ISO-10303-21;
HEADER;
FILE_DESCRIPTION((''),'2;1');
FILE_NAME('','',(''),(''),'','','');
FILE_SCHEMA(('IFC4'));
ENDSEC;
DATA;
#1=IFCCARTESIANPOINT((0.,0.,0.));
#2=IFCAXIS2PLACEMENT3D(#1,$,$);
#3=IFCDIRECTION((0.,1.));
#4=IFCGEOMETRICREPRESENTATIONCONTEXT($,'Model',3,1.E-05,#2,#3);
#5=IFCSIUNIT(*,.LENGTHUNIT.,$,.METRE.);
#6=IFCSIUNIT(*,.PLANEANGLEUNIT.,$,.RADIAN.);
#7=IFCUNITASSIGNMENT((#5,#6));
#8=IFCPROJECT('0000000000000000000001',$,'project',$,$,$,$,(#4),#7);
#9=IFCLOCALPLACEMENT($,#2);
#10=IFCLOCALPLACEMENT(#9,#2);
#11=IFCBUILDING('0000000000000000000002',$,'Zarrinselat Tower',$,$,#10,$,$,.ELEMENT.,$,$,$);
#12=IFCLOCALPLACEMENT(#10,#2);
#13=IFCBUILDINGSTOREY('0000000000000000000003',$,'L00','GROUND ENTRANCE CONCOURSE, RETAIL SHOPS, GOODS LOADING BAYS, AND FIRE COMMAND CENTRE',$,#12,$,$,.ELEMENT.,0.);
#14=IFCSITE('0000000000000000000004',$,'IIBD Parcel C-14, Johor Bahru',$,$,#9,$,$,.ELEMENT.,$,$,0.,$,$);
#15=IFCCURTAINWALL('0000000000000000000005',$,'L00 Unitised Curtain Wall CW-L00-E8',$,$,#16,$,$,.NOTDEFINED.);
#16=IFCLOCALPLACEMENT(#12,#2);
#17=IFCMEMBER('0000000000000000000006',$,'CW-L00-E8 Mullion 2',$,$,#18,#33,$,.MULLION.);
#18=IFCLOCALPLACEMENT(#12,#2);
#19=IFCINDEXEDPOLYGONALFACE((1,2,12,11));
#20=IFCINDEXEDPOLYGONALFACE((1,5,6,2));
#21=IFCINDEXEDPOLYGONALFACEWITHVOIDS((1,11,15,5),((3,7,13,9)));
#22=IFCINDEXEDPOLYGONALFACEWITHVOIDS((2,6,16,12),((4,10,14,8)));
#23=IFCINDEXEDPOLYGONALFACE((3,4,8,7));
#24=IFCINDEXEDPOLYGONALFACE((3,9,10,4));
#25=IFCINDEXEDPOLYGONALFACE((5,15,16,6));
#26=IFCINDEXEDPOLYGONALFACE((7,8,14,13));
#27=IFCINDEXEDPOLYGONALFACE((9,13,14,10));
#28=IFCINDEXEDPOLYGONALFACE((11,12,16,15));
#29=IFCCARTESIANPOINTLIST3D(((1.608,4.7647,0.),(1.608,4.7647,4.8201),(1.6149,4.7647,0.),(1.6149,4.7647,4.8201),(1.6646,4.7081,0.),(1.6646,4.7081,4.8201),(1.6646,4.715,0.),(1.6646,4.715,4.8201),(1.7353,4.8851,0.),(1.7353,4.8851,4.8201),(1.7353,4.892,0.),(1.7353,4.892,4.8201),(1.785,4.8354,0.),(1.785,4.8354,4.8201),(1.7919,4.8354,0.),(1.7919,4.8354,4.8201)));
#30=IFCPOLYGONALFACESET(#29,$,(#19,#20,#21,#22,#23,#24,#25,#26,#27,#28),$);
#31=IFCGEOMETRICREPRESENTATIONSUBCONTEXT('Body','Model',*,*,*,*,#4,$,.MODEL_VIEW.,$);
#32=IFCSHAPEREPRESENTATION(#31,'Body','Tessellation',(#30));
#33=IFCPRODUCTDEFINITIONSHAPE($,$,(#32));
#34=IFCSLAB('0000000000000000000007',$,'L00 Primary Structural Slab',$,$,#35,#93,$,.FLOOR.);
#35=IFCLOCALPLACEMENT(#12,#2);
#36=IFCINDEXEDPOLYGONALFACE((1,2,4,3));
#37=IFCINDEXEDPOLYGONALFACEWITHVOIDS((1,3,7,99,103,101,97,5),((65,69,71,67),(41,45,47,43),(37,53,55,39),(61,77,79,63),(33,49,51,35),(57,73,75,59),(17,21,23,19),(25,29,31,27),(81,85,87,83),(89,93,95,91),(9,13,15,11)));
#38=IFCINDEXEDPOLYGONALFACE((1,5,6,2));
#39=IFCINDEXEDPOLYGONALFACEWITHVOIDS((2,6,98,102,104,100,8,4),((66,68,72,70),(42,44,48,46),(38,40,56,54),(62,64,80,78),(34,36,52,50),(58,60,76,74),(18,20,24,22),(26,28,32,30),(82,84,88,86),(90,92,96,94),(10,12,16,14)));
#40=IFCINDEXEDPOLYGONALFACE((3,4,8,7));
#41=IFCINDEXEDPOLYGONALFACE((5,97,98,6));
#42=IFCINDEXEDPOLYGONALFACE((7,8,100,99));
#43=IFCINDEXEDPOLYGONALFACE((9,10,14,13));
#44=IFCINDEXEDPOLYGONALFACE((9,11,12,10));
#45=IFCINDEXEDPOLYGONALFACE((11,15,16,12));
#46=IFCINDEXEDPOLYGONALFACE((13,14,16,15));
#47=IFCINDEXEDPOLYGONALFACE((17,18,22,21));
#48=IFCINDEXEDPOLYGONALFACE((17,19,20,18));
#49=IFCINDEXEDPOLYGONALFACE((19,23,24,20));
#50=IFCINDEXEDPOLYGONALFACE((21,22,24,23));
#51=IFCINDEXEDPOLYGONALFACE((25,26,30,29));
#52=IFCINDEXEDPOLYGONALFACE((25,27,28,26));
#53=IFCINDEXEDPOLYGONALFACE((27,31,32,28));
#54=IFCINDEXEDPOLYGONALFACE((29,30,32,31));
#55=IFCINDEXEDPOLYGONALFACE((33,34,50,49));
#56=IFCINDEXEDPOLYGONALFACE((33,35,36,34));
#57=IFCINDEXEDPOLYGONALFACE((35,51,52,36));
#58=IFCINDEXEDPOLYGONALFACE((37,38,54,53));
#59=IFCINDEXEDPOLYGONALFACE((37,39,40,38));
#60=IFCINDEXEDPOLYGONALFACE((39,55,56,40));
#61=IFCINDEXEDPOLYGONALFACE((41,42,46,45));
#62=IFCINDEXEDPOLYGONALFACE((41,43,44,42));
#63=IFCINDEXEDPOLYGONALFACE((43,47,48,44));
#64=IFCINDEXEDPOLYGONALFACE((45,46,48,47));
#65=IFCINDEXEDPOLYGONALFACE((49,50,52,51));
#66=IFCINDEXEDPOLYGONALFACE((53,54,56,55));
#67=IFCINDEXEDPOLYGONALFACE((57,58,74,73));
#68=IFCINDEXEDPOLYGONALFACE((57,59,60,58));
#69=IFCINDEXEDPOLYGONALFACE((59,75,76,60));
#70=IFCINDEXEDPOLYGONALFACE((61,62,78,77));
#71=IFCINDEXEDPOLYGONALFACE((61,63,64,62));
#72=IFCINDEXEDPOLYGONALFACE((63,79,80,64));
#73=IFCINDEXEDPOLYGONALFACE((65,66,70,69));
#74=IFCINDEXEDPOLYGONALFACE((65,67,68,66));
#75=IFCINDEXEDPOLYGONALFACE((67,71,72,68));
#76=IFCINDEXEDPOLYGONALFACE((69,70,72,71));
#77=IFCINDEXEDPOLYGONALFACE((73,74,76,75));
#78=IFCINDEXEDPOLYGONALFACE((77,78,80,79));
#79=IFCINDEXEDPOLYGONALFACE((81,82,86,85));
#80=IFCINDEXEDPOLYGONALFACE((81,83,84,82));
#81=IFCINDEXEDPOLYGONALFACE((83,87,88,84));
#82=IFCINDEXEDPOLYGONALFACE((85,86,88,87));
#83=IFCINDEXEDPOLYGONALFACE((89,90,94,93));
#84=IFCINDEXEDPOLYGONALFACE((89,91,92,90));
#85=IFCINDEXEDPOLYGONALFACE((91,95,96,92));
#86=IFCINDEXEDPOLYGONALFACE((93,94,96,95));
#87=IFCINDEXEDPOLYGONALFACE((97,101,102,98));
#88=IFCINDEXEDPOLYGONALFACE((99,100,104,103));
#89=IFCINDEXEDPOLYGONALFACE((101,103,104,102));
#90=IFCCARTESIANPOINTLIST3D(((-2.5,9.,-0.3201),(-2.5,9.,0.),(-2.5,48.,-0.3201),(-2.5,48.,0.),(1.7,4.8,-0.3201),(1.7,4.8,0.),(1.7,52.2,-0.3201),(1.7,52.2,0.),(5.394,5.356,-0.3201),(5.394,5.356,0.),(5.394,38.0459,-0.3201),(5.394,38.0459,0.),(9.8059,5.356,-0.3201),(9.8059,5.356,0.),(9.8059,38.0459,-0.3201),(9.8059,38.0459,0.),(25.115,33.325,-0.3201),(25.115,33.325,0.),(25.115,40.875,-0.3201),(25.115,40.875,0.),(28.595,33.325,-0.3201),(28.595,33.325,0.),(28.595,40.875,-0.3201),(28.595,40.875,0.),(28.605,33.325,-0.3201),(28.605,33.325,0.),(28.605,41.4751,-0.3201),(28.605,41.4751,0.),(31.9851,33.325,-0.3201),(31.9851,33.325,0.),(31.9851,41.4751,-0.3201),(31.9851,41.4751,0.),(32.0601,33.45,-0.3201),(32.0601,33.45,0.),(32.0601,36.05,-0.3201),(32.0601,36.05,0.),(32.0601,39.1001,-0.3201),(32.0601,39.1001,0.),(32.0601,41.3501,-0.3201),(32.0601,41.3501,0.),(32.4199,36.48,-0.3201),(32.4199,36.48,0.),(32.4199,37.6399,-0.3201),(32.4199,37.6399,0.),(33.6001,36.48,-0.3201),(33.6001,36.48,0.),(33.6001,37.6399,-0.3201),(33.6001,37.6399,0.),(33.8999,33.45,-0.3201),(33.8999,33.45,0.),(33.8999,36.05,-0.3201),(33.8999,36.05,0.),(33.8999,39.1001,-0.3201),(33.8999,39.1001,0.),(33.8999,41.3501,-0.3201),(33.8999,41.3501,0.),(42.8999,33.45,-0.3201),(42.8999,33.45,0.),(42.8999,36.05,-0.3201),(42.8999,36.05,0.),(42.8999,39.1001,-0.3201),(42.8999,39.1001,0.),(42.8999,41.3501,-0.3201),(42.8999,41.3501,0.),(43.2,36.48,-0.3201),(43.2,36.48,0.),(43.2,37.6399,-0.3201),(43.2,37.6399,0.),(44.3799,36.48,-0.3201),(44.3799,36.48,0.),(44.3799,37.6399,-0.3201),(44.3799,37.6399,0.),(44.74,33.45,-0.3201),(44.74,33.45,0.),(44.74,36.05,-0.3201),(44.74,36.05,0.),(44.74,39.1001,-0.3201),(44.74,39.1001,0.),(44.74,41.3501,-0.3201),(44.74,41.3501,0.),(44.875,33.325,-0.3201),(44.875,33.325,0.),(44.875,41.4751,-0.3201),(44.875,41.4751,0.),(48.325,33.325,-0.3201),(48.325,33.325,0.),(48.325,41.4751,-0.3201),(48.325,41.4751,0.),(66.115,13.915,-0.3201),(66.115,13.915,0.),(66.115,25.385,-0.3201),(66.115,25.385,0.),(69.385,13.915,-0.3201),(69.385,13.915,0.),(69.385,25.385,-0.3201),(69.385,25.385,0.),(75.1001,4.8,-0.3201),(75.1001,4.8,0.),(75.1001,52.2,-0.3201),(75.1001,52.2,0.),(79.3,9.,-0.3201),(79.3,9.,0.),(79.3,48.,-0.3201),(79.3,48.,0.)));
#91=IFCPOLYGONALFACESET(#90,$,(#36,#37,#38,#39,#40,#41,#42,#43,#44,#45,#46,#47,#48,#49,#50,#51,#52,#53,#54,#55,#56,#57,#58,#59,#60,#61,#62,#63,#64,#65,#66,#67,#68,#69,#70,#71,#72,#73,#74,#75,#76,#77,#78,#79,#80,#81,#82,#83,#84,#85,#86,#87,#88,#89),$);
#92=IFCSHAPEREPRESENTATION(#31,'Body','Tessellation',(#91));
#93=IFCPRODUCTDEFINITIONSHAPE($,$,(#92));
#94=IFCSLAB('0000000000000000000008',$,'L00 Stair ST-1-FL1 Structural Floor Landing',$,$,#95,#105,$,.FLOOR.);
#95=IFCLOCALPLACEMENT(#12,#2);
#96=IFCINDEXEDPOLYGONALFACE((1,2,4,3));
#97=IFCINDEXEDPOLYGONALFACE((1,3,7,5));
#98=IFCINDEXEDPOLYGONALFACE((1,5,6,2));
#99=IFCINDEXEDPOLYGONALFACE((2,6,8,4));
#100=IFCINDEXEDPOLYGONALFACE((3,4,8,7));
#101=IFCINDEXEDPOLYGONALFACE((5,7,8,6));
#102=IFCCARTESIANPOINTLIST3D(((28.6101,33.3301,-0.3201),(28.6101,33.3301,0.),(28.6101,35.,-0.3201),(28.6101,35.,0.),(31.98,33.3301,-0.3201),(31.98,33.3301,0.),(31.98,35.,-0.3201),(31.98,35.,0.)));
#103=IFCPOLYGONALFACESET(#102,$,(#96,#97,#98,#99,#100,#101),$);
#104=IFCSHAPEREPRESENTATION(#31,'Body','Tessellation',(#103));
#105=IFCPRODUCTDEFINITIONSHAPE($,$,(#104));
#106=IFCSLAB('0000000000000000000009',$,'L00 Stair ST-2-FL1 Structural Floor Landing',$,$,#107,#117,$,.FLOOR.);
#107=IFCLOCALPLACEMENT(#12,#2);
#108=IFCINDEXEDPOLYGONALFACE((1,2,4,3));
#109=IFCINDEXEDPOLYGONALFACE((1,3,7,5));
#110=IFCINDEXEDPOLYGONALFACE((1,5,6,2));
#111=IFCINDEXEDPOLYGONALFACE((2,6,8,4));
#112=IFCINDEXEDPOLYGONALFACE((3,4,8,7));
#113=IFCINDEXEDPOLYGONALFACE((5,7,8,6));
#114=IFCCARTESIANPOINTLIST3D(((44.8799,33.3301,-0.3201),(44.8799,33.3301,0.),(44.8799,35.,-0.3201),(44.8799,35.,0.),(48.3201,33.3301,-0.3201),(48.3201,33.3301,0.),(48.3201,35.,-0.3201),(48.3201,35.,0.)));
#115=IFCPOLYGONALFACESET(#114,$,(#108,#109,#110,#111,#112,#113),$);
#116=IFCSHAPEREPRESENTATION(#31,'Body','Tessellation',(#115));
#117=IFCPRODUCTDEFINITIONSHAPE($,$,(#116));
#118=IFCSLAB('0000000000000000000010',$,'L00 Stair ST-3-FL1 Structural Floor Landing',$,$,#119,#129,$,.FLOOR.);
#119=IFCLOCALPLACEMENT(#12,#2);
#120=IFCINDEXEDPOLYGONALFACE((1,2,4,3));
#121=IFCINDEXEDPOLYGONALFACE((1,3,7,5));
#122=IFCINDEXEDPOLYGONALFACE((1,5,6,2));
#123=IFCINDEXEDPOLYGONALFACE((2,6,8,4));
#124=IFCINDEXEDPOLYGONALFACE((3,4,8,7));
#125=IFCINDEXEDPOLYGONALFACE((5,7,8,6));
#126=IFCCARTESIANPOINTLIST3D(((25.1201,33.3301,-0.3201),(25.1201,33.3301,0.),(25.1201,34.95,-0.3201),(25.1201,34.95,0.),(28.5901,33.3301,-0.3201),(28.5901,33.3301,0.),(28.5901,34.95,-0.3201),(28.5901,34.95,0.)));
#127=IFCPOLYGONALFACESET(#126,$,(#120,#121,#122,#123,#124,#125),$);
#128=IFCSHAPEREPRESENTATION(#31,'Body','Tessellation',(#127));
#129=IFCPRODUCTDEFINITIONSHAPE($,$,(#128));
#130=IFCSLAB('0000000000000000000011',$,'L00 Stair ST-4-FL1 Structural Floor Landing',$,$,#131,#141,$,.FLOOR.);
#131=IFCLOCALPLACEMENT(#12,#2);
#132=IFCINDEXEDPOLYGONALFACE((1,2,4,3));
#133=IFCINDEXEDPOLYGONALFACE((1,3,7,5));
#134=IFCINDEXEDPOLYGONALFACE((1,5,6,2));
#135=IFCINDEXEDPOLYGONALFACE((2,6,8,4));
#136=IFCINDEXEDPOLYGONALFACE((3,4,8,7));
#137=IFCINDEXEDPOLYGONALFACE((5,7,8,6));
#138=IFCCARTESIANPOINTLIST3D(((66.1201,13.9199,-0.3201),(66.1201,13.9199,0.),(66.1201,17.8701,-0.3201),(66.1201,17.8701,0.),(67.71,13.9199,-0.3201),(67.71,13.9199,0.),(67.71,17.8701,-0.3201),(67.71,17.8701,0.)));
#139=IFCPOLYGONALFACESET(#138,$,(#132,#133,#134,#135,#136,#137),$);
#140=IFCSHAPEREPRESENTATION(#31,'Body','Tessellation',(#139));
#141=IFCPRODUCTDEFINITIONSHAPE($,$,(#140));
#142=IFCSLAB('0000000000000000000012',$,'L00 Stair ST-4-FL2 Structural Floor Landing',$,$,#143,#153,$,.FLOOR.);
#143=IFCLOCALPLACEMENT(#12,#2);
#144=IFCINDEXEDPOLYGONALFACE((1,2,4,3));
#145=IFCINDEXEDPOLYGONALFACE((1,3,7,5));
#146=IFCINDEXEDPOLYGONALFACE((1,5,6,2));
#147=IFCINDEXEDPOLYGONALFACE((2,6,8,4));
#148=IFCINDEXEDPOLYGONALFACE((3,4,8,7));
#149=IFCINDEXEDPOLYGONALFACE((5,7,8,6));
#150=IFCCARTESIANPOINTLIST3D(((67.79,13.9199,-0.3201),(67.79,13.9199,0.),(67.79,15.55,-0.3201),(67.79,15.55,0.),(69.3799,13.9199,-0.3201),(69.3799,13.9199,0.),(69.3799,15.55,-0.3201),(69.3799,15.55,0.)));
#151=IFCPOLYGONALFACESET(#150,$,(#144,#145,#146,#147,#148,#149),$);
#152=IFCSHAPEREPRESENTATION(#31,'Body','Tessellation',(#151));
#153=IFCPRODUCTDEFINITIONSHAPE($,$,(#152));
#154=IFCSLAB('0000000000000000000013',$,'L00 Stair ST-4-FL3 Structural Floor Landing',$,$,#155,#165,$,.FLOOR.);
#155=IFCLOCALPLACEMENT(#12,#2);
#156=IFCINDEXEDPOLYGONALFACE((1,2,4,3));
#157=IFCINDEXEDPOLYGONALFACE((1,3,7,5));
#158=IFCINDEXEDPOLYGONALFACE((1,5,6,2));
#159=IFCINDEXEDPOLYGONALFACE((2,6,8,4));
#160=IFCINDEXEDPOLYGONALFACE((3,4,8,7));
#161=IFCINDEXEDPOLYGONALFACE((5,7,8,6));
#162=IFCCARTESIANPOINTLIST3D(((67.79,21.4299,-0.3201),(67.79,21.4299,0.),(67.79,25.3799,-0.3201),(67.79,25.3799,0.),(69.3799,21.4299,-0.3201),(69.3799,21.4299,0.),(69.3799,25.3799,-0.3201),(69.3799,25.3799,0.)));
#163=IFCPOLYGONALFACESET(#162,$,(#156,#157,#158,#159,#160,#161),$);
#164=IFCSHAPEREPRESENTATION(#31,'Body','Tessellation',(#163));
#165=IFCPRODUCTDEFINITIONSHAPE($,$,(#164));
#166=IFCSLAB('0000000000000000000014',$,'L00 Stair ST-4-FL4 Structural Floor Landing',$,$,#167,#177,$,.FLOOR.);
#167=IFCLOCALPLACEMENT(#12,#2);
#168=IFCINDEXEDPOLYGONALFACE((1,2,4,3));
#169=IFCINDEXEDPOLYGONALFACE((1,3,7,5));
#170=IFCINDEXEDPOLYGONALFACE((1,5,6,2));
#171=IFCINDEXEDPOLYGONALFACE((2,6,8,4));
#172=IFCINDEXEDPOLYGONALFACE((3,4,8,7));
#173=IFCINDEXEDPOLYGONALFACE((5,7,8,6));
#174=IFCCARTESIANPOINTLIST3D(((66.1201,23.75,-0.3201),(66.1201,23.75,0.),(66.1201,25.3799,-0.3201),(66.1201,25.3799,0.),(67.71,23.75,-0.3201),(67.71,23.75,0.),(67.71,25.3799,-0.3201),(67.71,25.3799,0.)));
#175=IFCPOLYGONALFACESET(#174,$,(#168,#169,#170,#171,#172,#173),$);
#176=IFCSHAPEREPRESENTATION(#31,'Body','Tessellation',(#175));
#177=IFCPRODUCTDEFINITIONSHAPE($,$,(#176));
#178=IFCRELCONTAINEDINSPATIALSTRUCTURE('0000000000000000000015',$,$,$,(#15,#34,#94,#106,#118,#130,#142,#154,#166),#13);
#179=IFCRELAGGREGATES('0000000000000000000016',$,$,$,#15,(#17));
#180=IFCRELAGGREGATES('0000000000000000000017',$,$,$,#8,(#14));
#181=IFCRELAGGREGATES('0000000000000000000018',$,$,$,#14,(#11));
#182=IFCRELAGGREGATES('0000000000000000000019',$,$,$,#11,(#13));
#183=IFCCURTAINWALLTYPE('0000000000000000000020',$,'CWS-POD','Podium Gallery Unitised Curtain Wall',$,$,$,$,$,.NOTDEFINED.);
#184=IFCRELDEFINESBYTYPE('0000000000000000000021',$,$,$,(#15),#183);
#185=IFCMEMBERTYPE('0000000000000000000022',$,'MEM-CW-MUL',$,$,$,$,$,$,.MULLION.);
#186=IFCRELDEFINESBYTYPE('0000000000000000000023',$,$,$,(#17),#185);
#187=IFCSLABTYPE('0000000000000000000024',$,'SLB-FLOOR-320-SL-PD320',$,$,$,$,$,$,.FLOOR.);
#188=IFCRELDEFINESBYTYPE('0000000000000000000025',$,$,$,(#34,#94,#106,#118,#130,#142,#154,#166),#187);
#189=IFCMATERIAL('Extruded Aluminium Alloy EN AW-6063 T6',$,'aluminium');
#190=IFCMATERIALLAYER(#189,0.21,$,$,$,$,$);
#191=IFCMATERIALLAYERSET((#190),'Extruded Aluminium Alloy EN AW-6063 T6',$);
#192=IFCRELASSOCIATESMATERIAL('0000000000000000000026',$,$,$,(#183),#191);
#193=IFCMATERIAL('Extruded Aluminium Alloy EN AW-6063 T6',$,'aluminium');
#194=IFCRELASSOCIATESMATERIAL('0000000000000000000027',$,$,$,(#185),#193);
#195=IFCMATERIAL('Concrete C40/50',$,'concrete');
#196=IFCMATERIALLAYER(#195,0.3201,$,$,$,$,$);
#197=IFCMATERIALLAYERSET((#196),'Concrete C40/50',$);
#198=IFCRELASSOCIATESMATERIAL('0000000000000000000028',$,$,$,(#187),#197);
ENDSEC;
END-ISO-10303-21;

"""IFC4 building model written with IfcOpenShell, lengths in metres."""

from ifc_helpers import new_model, si_unit, direction, frame, origin, origin_2d, place, context, subcontext, project, spatial, polyline, hollow_rectangle, outline, extrude, material, layer, layer_set, material_profile, profile_set, type_object, element, aggregate, save


model = new_model("IFC4")

# Units and contexts
model_context = context("Model", 3, precision=1e-05, world=origin(), true_north=direction((0.0, 1.0)))
body_context = subcontext(model_context, "Body", "Model", "MODEL_VIEW")
ifc_project = project(units=[si_unit("LENGTHUNIT", "METRE"), si_unit("PLANEANGLEUNIT", "RADIAN")], contexts=[model_context])

# Site, building, storey
site_placement = place(None, origin())
site = spatial("IfcSite", under=ifc_project, at=site_placement, Name="IIBD Parcel C-14, Johor Bahru", CompositionType="ELEMENT", RefElevation=0.0)
building_placement = place(site_placement, origin())
building = spatial("IfcBuilding", under=site, at=building_placement, Name="Zarrinselat Tower", CompositionType="ELEMENT")
storey_placement = place(building_placement, origin())
storey = spatial("IfcBuildingStorey", under=building, at=storey_placement, Name="L00", Description="GROUND ENTRANCE CONCOURSE, RETAIL SHOPS, GOODS LOADING BAYS, AND FIRE COMMAND CENTRE", CompositionType="ELEMENT", Elevation=0.0)

# Curtain wall, member
ifc_material_1 = material(Name="Extruded Aluminium Alloy EN AW-6063 T6", Category="aluminium")
ifc_layer_1 = layer(ifc_material_1, 0.21)
ifc_layer_set_1 = layer_set([ifc_layer_1], Name="Extruded Aluminium Alloy EN AW-6063 T6")
curtain_wall_type = type_object("IfcCurtainWallType", Name="CWS-POD", Description="Podium Gallery Unitised Curtain Wall", PredefinedType="NOTDEFINED", material=ifc_layer_set_1)
curtain_wall_placement = place(storey_placement, origin())
curtain_wall = element("IfcCurtainWall", 1, at=curtain_wall_placement, inside=storey, type_object=curtain_wall_type, Name="L00 Unitised Curtain Wall CW-L00-E8", PredefinedType="NOTDEFINED")
ifc_material_2 = material(Name="Extruded Aluminium Alloy EN AW-6063 T6", Category="aluminium")
ifc_material_profile = material_profile(ifc_material_2, hollow_rectangle(XDim=0.0801, YDim=0.1799, WallThickness=0.0049, at=origin_2d()), Name="RHS 180x80x5")
ifc_profile_set = profile_set([ifc_material_profile], Name="Extruded Aluminium Alloy EN AW-6063 T6")
member_type = type_object("IfcMemberType", Name="MEM-CW-MUL", PredefinedType="MULLION", material=ifc_profile_set)
member_placement = place(storey_placement, frame((1.7, 4.8, 0.0), z_axis=(0.0, 0.0, 1.0), x_axis=(0.707107, -0.707107, 0.0)))
member = element("IfcMember", 2, at=member_placement, type_object=member_type, Name="CW-L00-E8 Mullion 2", PredefinedType="MULLION", context=body_context, shape_type="SweptSolid", body=[
    extrude(hollow_rectangle(XDim=0.0801, YDim=0.1799, WallThickness=0.0049, at=origin_2d()), origin(), (0.0, 0.0, 1.0), 4.8201),
])
aggregate(curtain_wall, [member])

# Slabs
ifc_material_3 = material(Name="Concrete C40/50", Category="concrete")
ifc_layer_2 = layer(ifc_material_3, 0.3201)
ifc_layer_set_2 = layer_set([ifc_layer_2], Name="Concrete C40/50")
slab_type_1 = type_object("IfcSlabType", Name="SLB-FLOOR-320-SL-PD320", PredefinedType="FLOOR", material=ifc_layer_set_2)
slab_1_placement = place(storey_placement, frame((0.0, 0.0, -0.3201)))
element("IfcSlab", 3, at=slab_1_placement, inside=storey, type_object=slab_type_1, Name="L00 Primary Structural Slab", PredefinedType="FLOOR", context=body_context, shape_type="SweptSolid", body=[
    extrude(outline(polyline([(1.7, 4.8), (75.1001, 4.8), (79.3, 9.0), (79.3, 48.0), (75.1001, 52.2), (1.7, 52.2), (-2.5, 48.0), (-2.5, 9.0), (1.7, 4.8)]), holes=[polyline([(9.8059, 5.356), (5.394, 5.356), (5.394, 38.0459), (9.8059, 38.0459), (9.8059, 5.356)]), polyline([(33.8999, 33.45), (32.0601, 33.45), (32.0601, 36.05), (33.8999, 36.05), (33.8999, 33.45)]), polyline([(33.6001, 36.48), (32.4199, 36.48), (32.4199, 37.6399), (33.6001, 37.6399), (33.6001, 36.48)]), polyline([(28.595, 33.325), (25.115, 33.325), (25.115, 40.875), (28.595, 40.875), (28.595, 33.325)]), polyline([(31.9851, 33.325), (28.605, 33.325), (28.605, 41.4751), (31.9851, 41.4751), (31.9851, 33.325)]), polyline([(33.8999, 39.1001), (32.0601, 39.1001), (32.0601, 41.3501), (33.8999, 41.3501), (33.8999, 39.1001)]), polyline([(69.385, 13.915), (66.115, 13.915), (66.115, 25.385), (69.385, 25.385), (69.385, 13.915)]), polyline([(42.8999, 33.45), (42.8999, 36.05), (44.74, 36.05), (44.74, 33.45), (42.8999, 33.45)]), polyline([(44.3799, 36.48), (43.2, 36.48), (43.2, 37.6399), (44.3799, 37.6399), (44.3799, 36.48)]), polyline([(48.325, 33.325), (44.875, 33.325), (44.875, 41.4751), (48.325, 41.4751), (48.325, 33.325)]), polyline([(42.8999, 39.1001), (42.8999, 41.3501), (44.74, 41.3501), (44.74, 39.1001), (42.8999, 39.1001)])]), origin(), (0.0, 0.0, 1.0), 0.3201),
])
slab_2_placement = place(storey_placement, frame((0.0, 0.0, -0.3201)))
element("IfcSlab", 4, at=slab_2_placement, inside=storey, type_object=slab_type_1, Name="L00 Stair ST-1-FL1 Structural Floor Landing", PredefinedType="FLOOR", context=body_context, shape_type="SweptSolid", body=[
    extrude(outline(polyline([(31.98, 33.3301), (31.98, 35.0), (28.6101, 35.0), (28.6101, 33.3301), (31.98, 33.3301)])), origin(), (0.0, 0.0, 1.0), 0.3201),
])
slab_3_placement = place(storey_placement, frame((0.0, 0.0, -0.3201)))
element("IfcSlab", 5, at=slab_3_placement, inside=storey, type_object=slab_type_1, Name="L00 Stair ST-2-FL1 Structural Floor Landing", PredefinedType="FLOOR", context=body_context, shape_type="SweptSolid", body=[
    extrude(outline(polyline([(48.3201, 33.3301), (48.3201, 35.0), (44.8799, 35.0), (44.8799, 33.3301), (48.3201, 33.3301)])), origin(), (0.0, 0.0, 1.0), 0.3201),
])
slab_4_placement = place(storey_placement, frame((0.0, 0.0, -0.3201)))
element("IfcSlab", 6, at=slab_4_placement, inside=storey, type_object=slab_type_1, Name="L00 Stair ST-3-FL1 Structural Floor Landing", PredefinedType="FLOOR", context=body_context, shape_type="SweptSolid", body=[
    extrude(outline(polyline([(28.5901, 33.3301), (28.5901, 34.95), (25.1201, 34.95), (25.1201, 33.3301), (28.5901, 33.3301)])), origin(), (0.0, 0.0, 1.0), 0.3201),
])
slab_5_placement = place(storey_placement, frame((0.0, 0.0, -0.3201)))
element("IfcSlab", 7, at=slab_5_placement, inside=storey, type_object=slab_type_1, Name="L00 Stair ST-4-FL1 Structural Floor Landing", PredefinedType="FLOOR", context=body_context, shape_type="SweptSolid", body=[
    extrude(outline(polyline([(67.71, 13.9199), (67.71, 17.8701), (66.1201, 17.8701), (66.1201, 13.9199), (67.71, 13.9199)])), origin(), (0.0, 0.0, 1.0), 0.3201),
])
slab_6_placement = place(storey_placement, frame((0.0, 0.0, -0.3201)))
element("IfcSlab", 8, at=slab_6_placement, inside=storey, type_object=slab_type_1, Name="L00 Stair ST-4-FL2 Structural Floor Landing", PredefinedType="FLOOR", context=body_context, shape_type="SweptSolid", body=[
    extrude(outline(polyline([(69.3799, 13.9199), (69.3799, 15.55), (67.79, 15.55), (67.79, 13.9199), (69.3799, 13.9199)])), origin(), (0.0, 0.0, 1.0), 0.3201),
])
slab_7_placement = place(storey_placement, frame((0.0, 0.0, -0.3201)))
element("IfcSlab", 9, at=slab_7_placement, inside=storey, type_object=slab_type_1, Name="L00 Stair ST-4-FL3 Structural Floor Landing", PredefinedType="FLOOR", context=body_context, shape_type="SweptSolid", body=[
    extrude(outline(polyline([(69.3799, 21.4299), (69.3799, 25.3799), (67.79, 25.3799), (67.79, 21.4299), (69.3799, 21.4299)])), origin(), (0.0, 0.0, 1.0), 0.3201),
])
slab_8_placement = place(storey_placement, frame((0.0, 0.0, -0.3201)))
element("IfcSlab", 10, at=slab_8_placement, inside=storey, type_object=slab_type_1, Name="L00 Stair ST-4-FL4 Structural Floor Landing", PredefinedType="FLOOR", context=body_context, shape_type="SweptSolid", body=[
    extrude(outline(polyline([(67.71, 23.75), (67.71, 25.3799), (66.1201, 25.3799), (66.1201, 23.75), (67.71, 23.75)])), origin(), (0.0, 0.0, 1.0), 0.3201),
])

save(model, "model.ifc")
